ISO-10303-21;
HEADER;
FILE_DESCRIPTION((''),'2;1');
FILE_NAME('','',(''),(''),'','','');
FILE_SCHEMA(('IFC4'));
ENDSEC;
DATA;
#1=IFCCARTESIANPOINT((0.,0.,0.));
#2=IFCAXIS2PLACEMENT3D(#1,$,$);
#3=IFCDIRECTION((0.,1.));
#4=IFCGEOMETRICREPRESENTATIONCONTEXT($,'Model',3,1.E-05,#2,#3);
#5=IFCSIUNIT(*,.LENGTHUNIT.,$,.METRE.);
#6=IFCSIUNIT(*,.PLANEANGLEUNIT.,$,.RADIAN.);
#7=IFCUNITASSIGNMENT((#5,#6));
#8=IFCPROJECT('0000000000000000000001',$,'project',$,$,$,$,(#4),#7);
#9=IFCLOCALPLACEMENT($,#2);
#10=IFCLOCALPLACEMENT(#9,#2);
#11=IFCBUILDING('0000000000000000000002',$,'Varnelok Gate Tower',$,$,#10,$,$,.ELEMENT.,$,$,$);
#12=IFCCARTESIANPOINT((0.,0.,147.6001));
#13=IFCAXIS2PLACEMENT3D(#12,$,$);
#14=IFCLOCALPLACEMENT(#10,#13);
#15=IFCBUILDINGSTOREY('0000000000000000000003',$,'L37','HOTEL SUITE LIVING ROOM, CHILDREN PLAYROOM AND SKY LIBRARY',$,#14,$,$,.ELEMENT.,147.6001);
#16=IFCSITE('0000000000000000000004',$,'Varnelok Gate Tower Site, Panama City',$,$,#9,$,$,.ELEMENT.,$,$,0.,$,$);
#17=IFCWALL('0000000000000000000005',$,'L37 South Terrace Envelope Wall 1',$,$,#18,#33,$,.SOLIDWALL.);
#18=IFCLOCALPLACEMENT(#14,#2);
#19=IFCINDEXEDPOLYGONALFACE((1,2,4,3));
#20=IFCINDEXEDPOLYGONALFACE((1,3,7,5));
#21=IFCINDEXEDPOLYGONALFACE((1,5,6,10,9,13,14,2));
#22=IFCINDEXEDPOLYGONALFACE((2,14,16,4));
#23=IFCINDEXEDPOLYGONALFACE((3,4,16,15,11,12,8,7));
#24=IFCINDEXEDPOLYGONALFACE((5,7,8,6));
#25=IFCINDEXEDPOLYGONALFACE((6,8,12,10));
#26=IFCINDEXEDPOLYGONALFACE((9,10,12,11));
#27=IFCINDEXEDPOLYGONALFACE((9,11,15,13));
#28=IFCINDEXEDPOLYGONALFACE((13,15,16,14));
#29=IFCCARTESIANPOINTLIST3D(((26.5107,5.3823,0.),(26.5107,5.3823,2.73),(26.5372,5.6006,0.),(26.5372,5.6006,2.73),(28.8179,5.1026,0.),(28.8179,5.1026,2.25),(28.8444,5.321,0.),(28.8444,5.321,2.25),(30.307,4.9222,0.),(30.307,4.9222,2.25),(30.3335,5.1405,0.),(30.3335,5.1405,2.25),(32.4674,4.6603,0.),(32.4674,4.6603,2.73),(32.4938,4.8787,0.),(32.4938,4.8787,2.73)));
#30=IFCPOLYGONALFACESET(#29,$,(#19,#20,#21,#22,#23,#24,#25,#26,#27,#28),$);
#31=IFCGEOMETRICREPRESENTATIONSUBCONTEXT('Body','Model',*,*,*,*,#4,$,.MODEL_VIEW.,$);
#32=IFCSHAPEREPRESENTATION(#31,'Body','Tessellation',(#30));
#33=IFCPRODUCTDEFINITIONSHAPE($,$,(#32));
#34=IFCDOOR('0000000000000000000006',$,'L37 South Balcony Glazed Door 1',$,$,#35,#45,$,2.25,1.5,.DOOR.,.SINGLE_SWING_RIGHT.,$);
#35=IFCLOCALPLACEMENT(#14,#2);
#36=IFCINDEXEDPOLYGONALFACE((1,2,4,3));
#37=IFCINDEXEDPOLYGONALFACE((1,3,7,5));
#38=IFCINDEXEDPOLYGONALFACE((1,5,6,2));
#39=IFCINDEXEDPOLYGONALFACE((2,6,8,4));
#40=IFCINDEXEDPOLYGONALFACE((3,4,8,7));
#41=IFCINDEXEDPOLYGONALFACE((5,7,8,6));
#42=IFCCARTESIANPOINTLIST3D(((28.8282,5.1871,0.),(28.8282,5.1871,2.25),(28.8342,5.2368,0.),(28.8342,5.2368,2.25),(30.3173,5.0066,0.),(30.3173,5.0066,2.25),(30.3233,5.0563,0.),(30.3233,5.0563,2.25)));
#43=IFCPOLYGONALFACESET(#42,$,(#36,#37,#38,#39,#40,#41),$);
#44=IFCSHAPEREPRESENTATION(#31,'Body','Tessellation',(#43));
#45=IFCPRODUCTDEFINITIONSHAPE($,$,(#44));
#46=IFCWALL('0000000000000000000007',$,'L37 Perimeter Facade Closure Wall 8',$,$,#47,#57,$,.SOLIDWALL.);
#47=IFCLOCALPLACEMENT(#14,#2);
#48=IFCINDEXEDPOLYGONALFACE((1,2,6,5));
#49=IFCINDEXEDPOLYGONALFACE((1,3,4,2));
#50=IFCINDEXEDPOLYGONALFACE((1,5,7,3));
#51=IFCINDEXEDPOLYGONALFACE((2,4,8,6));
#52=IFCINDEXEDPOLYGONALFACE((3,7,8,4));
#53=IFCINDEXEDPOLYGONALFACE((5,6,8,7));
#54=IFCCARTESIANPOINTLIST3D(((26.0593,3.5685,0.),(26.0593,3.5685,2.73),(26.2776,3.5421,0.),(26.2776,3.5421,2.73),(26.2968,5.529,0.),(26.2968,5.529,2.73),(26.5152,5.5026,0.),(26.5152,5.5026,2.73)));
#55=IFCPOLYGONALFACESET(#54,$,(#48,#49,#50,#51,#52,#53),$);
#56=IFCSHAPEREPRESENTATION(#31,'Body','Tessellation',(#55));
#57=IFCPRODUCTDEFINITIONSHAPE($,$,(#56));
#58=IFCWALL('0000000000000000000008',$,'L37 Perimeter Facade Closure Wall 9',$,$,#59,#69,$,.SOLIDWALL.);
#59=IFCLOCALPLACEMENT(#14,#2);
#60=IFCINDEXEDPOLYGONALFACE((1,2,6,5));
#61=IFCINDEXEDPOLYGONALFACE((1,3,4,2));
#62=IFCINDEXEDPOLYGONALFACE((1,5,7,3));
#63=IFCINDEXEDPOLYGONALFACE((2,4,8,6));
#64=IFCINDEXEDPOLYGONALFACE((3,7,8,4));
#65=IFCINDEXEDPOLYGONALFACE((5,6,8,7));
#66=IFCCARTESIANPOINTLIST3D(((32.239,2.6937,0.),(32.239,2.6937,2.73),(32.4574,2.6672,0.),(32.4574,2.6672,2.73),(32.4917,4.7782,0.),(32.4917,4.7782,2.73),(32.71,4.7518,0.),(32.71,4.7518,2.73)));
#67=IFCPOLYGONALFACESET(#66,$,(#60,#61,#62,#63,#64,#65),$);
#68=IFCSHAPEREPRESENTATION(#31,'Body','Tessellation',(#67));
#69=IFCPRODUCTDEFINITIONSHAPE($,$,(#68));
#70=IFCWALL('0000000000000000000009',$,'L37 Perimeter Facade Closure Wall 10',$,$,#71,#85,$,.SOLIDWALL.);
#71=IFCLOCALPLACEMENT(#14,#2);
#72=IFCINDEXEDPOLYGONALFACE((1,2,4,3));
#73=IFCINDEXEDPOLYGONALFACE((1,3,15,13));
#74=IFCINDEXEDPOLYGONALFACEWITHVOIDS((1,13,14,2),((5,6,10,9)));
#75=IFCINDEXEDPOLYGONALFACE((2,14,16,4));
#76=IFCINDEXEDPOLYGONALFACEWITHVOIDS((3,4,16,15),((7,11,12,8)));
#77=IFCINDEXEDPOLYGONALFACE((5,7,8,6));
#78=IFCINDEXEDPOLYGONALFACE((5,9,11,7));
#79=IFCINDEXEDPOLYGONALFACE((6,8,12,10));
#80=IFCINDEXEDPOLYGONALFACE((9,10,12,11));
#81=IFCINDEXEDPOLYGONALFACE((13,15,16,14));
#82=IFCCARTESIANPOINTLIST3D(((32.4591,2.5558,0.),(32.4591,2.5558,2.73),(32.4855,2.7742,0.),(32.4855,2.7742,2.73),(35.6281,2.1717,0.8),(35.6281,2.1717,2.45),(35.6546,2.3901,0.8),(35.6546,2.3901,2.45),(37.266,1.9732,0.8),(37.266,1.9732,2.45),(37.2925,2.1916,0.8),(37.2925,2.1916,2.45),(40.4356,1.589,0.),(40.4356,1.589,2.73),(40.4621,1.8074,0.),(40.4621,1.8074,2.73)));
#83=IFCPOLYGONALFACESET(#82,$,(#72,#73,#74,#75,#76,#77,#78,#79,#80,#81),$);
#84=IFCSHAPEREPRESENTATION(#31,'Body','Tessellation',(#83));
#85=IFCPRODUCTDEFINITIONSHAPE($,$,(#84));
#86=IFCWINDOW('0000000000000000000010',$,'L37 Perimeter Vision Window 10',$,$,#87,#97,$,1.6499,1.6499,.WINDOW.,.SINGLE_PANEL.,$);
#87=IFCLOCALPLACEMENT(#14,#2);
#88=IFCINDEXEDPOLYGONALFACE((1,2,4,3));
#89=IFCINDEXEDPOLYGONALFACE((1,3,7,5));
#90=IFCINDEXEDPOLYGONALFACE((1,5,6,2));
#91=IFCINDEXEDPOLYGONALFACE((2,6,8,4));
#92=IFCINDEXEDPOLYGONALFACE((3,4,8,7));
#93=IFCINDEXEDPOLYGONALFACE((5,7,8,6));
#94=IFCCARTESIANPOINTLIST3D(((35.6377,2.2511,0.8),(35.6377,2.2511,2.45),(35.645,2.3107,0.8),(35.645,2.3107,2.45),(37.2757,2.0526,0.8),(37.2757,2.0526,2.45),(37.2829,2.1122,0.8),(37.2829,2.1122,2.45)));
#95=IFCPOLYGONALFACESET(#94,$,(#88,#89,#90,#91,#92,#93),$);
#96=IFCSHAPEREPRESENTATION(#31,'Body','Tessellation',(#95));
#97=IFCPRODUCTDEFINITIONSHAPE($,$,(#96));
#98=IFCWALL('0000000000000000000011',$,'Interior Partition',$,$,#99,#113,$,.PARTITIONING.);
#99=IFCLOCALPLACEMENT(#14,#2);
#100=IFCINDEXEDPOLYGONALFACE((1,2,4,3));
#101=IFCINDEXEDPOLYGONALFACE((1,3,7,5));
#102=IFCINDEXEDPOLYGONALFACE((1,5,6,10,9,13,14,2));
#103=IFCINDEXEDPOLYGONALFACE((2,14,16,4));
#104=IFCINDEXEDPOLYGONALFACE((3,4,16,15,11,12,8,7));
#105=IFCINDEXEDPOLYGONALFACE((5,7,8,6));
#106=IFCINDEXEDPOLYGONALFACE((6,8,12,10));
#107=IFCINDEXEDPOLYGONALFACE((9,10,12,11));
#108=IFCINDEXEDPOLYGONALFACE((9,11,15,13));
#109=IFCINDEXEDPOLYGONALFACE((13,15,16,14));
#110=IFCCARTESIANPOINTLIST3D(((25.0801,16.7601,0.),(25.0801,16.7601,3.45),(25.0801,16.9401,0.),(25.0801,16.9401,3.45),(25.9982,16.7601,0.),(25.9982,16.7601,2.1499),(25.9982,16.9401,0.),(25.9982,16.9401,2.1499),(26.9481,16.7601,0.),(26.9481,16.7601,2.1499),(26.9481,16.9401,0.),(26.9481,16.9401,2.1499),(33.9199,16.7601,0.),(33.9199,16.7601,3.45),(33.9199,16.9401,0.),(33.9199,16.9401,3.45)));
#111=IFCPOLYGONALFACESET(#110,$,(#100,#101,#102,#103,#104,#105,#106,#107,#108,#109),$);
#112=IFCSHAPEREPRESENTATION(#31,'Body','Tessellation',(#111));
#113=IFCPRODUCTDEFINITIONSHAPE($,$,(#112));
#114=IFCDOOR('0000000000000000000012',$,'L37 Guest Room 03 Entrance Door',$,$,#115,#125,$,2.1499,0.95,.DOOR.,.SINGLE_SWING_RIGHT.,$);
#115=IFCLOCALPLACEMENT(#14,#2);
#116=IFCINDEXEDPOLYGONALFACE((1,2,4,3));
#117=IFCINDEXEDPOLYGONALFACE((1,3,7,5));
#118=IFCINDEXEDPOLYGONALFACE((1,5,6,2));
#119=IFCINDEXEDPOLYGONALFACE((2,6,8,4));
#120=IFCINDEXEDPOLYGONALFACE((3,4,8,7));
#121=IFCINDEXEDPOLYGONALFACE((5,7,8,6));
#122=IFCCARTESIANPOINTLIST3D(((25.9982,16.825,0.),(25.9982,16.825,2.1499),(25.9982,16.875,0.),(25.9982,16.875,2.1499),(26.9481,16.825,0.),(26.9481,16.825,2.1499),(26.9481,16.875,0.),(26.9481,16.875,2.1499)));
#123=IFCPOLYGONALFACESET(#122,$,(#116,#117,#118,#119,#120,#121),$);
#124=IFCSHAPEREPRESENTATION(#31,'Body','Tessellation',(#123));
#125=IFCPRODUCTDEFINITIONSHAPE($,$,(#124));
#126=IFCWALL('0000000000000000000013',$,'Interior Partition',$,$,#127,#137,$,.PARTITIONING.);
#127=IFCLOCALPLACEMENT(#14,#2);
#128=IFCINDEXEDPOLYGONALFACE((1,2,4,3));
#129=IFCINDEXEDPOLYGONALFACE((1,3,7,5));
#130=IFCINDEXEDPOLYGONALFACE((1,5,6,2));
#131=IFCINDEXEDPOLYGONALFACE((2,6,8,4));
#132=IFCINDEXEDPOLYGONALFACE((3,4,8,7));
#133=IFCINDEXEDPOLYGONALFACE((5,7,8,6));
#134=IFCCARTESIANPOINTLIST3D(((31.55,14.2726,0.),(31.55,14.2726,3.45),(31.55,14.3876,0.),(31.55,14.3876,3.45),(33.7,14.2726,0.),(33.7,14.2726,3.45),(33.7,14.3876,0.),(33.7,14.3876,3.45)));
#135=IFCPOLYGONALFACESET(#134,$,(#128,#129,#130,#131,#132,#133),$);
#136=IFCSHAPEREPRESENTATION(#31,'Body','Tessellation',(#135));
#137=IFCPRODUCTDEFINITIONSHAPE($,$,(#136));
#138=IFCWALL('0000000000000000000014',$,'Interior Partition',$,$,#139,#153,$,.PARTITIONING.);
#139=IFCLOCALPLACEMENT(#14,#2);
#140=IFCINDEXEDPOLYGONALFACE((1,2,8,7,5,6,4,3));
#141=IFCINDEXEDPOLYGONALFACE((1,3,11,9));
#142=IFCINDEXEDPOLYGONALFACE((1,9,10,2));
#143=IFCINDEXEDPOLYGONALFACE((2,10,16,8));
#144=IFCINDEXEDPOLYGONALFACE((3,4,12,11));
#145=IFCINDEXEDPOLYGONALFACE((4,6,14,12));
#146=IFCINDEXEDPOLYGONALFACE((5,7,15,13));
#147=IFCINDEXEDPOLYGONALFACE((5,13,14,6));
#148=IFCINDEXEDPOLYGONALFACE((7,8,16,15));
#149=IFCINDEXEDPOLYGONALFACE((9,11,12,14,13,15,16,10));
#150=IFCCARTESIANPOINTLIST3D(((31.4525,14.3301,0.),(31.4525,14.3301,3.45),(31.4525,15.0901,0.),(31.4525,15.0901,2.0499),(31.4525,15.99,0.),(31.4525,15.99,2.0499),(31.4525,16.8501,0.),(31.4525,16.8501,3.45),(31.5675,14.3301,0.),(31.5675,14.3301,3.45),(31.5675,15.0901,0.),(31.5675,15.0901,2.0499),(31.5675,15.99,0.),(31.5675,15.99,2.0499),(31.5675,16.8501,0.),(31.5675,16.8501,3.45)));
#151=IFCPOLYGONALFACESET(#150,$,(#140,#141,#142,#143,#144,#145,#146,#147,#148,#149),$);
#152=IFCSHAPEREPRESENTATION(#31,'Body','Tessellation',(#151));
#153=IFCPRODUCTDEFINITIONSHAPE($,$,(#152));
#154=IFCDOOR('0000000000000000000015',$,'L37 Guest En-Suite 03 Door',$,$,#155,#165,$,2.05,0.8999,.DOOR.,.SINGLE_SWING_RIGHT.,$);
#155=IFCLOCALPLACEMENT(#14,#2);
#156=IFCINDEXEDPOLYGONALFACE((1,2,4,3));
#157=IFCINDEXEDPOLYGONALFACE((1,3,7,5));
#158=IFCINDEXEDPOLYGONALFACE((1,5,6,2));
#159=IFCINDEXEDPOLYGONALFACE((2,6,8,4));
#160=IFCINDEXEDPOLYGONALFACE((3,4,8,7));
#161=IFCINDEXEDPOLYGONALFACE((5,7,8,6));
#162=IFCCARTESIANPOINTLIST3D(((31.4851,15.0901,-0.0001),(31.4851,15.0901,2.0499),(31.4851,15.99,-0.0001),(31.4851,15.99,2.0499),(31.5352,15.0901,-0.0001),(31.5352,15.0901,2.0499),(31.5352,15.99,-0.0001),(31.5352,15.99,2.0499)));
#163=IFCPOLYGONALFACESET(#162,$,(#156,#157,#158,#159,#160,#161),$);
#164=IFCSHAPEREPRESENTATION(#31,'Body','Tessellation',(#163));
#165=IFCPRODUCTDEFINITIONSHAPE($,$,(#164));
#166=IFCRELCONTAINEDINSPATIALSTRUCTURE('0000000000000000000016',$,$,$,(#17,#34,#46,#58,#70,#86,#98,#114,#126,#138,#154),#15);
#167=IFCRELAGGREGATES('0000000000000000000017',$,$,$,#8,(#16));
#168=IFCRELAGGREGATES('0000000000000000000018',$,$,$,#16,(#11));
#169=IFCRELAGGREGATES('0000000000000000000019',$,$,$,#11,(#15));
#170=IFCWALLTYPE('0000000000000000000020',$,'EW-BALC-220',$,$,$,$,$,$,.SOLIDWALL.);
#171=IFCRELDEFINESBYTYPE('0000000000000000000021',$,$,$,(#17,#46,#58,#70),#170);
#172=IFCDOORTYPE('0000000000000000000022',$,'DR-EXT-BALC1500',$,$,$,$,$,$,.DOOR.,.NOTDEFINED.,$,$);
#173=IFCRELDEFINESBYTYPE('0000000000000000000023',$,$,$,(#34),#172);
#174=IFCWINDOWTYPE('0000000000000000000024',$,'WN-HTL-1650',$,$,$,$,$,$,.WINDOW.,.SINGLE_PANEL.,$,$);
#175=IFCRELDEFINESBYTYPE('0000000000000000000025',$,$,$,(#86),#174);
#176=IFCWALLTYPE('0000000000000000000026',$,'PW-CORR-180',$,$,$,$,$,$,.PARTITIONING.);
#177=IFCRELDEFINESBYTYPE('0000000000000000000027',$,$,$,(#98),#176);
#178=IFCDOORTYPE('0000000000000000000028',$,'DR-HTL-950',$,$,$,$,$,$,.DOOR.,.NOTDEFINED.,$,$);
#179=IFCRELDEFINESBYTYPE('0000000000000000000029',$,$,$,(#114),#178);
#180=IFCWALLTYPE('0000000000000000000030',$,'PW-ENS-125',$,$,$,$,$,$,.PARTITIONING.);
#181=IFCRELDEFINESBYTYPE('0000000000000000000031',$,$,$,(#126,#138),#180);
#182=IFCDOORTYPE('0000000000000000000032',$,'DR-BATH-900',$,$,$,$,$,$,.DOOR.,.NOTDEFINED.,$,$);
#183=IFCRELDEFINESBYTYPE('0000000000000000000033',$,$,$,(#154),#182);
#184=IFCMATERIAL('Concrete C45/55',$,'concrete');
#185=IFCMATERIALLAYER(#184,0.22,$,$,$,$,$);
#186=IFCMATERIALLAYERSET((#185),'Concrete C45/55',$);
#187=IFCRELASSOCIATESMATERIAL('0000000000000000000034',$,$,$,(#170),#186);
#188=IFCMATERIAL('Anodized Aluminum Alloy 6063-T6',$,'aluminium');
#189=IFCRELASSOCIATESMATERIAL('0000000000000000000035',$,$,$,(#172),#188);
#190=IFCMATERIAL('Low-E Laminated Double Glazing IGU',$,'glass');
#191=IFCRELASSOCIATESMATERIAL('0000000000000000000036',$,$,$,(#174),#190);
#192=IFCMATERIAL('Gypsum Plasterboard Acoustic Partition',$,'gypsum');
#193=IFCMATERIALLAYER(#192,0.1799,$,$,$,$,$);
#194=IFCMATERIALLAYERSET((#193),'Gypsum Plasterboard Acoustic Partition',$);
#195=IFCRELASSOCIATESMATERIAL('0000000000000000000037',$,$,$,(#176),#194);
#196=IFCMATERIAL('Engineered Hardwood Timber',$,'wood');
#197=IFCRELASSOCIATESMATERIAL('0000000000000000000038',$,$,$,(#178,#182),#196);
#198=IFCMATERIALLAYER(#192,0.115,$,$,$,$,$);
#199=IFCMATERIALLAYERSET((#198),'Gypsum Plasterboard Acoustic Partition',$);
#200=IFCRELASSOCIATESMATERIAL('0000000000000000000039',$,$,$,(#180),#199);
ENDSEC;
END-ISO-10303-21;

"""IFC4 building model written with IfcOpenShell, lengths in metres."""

from ifc_helpers import new_model, si_unit, direction, frame, frame_2d, origin, place, context, subcontext, project, spatial, rectangle, extrude, material, layer, layer_set, type_object, element, fill, save


model = new_model("IFC4")

# Units and contexts
model_context = context("Model", 3, precision=1e-05, world=origin(), true_north=direction((0.0, 1.0)))
body_context = subcontext(model_context, "Body", "Model", "MODEL_VIEW")
ifc_project = project(units=[si_unit("LENGTHUNIT", "METRE"), si_unit("PLANEANGLEUNIT", "RADIAN")], contexts=[model_context])

# Site, building, storey
site_placement = place(None, origin())
site = spatial("IfcSite", under=ifc_project, at=site_placement, Name="Varnelok Gate Tower Site, Panama City", CompositionType="ELEMENT", RefElevation=0.0)
building_placement = place(site_placement, origin())
building = spatial("IfcBuilding", under=site, at=building_placement, Name="Varnelok Gate Tower", CompositionType="ELEMENT")
storey_placement = place(building_placement, frame((0.0, 0.0, 147.6001)))
storey = spatial("IfcBuildingStorey", under=building, at=storey_placement, Name="L37", Description="HOTEL SUITE LIVING ROOM, CHILDREN PLAYROOM AND SKY LIBRARY", CompositionType="ELEMENT", Elevation=147.6001)

# Wall, opening, door
ifc_material_1 = material(Name="Concrete C45/55", Category="concrete")
ifc_layer_1 = layer(ifc_material_1, 0.22)
ifc_layer_set_1 = layer_set([ifc_layer_1], Name="Concrete C45/55")
wall_type_1 = type_object("IfcWallType", Name="EW-BALC-220", PredefinedType="SOLIDWALL", material=ifc_layer_set_1)
wall_1_placement = place(storey_placement, frame((32.4805, 4.7695, 0.0), z_axis=(0.0, 0.0, 1.0), x_axis=(-0.992735, 0.120318, 0.0)))
wall_1 = element("IfcWall", 1, at=wall_1_placement, inside=storey, type_object=wall_type_1, Name="L37 South Terrace Envelope Wall 1", PredefinedType="SOLIDWALL", context=body_context, shape_type="SweptSolid", body=[
    extrude(rectangle(XDim=6.0002, YDim=0.22, at=frame_2d((3.0, 0.0))), origin(), (0.0, 0.0, 1.0), 2.73),
])
opening_1_placement = place(wall_1_placement, frame((2.176, 0.0, 0.0)))
opening_1 = element("IfcOpeningElement", 2, at=opening_1_placement, cuts=wall_1, PredefinedType="OPENING", context=body_context, shape_type="SweptSolid", body=[
    extrude(rectangle(XDim=1.5, YDim=2.25, at=frame_2d((0.75, 1.125))), frame((0.0, 0.1199, 0.0), z_axis=(0.0, -1.0, 0.0), x_axis=(1.0, 0.0, 0.0)), (0.0, 0.0, 1.0), 0.24),
])
ifc_material_2 = material(Name="Anodized Aluminum Alloy 6063-T6", Category="aluminium")
door_type_1 = type_object("IfcDoorType", Name="DR-EXT-BALC1500", OperationType="NOTDEFINED", PredefinedType="DOOR", material=ifc_material_2)
door_1_placement = place(opening_1_placement, origin())
door_1 = element("IfcDoor", 3, at=door_1_placement, inside=storey, type_object=door_type_1, Name="L37 South Balcony Glazed Door 1", OperationType="SINGLE_SWING_RIGHT", OverallHeight=2.25, OverallWidth=1.5, PredefinedType="DOOR", context=body_context, shape_type="SweptSolid", body=[
    extrude(rectangle(XDim=1.5, YDim=2.25, at=frame_2d((0.75, 1.125))), frame((0.0, 0.0249, 0.0), z_axis=(0.0, -1.0, 0.0), x_axis=(1.0, 0.0, 0.0)), (0.0, 0.0, 1.0), 0.05),
])
fill(opening_1, door_1)

# Walls
wall_2_placement = place(storey_placement, frame((26.1685, 3.5554, 0.0), z_axis=(0.0, 0.0, 1.0), x_axis=(0.120291, 0.992739, 0.0)))
element("IfcWall", 4, at=wall_2_placement, inside=storey, type_object=wall_type_1, Name="L37 Perimeter Facade Closure Wall 8", PredefinedType="SOLIDWALL", context=body_context, shape_type="SweptSolid", body=[
    extrude(rectangle(XDim=1.9749, YDim=0.22, at=frame_2d((0.9873, 0.0))), origin(), (0.0, 0.0, 1.0), 2.73),
])
wall_3_placement = place(storey_placement, frame((32.6008, 4.7649, 0.0), z_axis=(0.0, 0.0, 1.0), x_axis=(-0.120328, -0.992734, 0.0)))
element("IfcWall", 5, at=wall_3_placement, inside=storey, type_object=wall_type_1, Name="L37 Perimeter Facade Closure Wall 9", PredefinedType="SOLIDWALL", context=body_context, shape_type="SweptSolid", body=[
    extrude(rectangle(XDim=2.0999, YDim=0.22, at=frame_2d((1.0498, 0.0))), origin(), (0.0, 0.0, 1.0), 2.73),
])

# Wall, opening, window
wall_4_placement = place(storey_placement, frame((32.4722, 2.665, 0.0), z_axis=(0.0, 0.0, 1.0), x_axis=(0.992735, -0.120324, 0.0)))
wall_4 = element("IfcWall", 6, at=wall_4_placement, inside=storey, type_object=wall_type_1, Name="L37 Perimeter Facade Closure Wall 10", PredefinedType="SOLIDWALL", context=body_context, shape_type="SweptSolid", body=[
    extrude(rectangle(XDim=8.0349, YDim=0.22, at=frame_2d((4.0176, 0.0))), origin(), (0.0, 0.0, 1.0), 2.73),
])
opening_2_placement = place(wall_4_placement, frame((3.1924, 0.0, 0.8)))
opening_2 = element("IfcOpeningElement", 7, at=opening_2_placement, cuts=wall_4, PredefinedType="OPENING", context=body_context, shape_type="SweptSolid", body=[
    extrude(rectangle(XDim=1.6499, YDim=1.6499, at=frame_2d((0.825, 0.825))), frame((0.0, 0.1199, 0.0), z_axis=(0.0, -1.0, 0.0), x_axis=(1.0, 0.0, 0.0)), (0.0, 0.0, 1.0), 0.24),
])
ifc_material_3 = material(Name="Low-E Laminated Double Glazing IGU", Category="glass")
window_type = type_object("IfcWindowType", Name="WN-HTL-1650", PartitioningType="SINGLE_PANEL", PredefinedType="WINDOW", material=ifc_material_3)
window_placement = place(opening_2_placement, origin())
window = element("IfcWindow", 8, at=window_placement, inside=storey, type_object=window_type, Name="L37 Perimeter Vision Window 10", OverallHeight=1.6499, OverallWidth=1.6499, PartitioningType="SINGLE_PANEL", PredefinedType="WINDOW", context=body_context, shape_type="SweptSolid", body=[
    extrude(rectangle(XDim=1.6499, YDim=1.6499, at=frame_2d((0.825, 0.825))), frame((0.0, 0.03, 0.0), z_axis=(0.0, -1.0, 0.0), x_axis=(1.0, 0.0, 0.0)), (0.0, 0.0, 1.0), 0.0601),
])
fill(opening_2, window)

# Wall, opening, door
ifc_material_4 = material(Name="Gypsum Plasterboard Acoustic Partition", Category="gypsum")
ifc_layer_2 = layer(ifc_material_4, 0.1799)
ifc_layer_set_2 = layer_set([ifc_layer_2], Name="Gypsum Plasterboard Acoustic Partition")
wall_type_2 = type_object("IfcWallType", Name="PW-CORR-180", PredefinedType="PARTITIONING", material=ifc_layer_set_2)
wall_5_placement = place(storey_placement, frame((25.0801, 16.8501, 0.0), z_axis=(0.0, 0.0, 1.0), x_axis=(1.0, 0.0, 0.0)))
wall_5 = element("IfcWall", 9, at=wall_5_placement, inside=storey, type_object=wall_type_2, Name="Interior Partition", PredefinedType="PARTITIONING", context=body_context, shape_type="SweptSolid", body=[
    extrude(rectangle(XDim=8.8398, YDim=0.1799, at=frame_2d((4.4199, 0.0))), origin(), (0.0, 0.0, 1.0), 3.45),
])
opening_3_placement = place(wall_5_placement, frame((0.918, 0.0, 0.0)))
opening_3 = element("IfcOpeningElement", 10, at=opening_3_placement, cuts=wall_5, PredefinedType="OPENING", context=body_context, shape_type="SweptSolid", body=[
    extrude(rectangle(XDim=0.95, YDim=2.1499, at=frame_2d((0.4751, 1.075))), frame((0.0, 0.0999, 0.0), z_axis=(0.0, -1.0, 0.0), x_axis=(1.0, 0.0, 0.0)), (0.0, 0.0, 1.0), 0.2),
])
ifc_material_5 = material(Name="Engineered Hardwood Timber", Category="wood")
door_type_2 = type_object("IfcDoorType", Name="DR-HTL-950", OperationType="NOTDEFINED", PredefinedType="DOOR", material=ifc_material_5)
door_2_placement = place(opening_3_placement, origin())
door_2 = element("IfcDoor", 11, at=door_2_placement, inside=storey, type_object=door_type_2, Name="L37 Guest Room 03 Entrance Door", OperationType="SINGLE_SWING_RIGHT", OverallHeight=2.1499, OverallWidth=0.95, PredefinedType="DOOR", context=body_context, shape_type="SweptSolid", body=[
    extrude(rectangle(XDim=0.95, YDim=2.1499, at=frame_2d((0.4751, 1.075))), frame((0.0, 0.0249, 0.0), z_axis=(0.0, -1.0, 0.0), x_axis=(1.0, 0.0, 0.0)), (0.0, 0.0, 1.0), 0.05),
])
fill(opening_3, door_2)

# Wall
ifc_layer_3 = layer(ifc_material_4, 0.115)
ifc_layer_set_3 = layer_set([ifc_layer_3], Name="Gypsum Plasterboard Acoustic Partition")
wall_type_3 = type_object("IfcWallType", Name="PW-ENS-125", PredefinedType="PARTITIONING", material=ifc_layer_set_3)
wall_6_placement = place(storey_placement, frame((31.55, 14.3301, 0.0), z_axis=(0.0, 0.0, 1.0), x_axis=(1.0, 0.0, 0.0)))
element("IfcWall", 12, at=wall_6_placement, inside=storey, type_object=wall_type_3, Name="Interior Partition", PredefinedType="PARTITIONING", context=body_context, shape_type="SweptSolid", body=[
    extrude(rectangle(XDim=2.1499, YDim=0.115, at=frame_2d((1.075, 0.0))), origin(), (0.0, 0.0, 1.0), 3.45),
])

# Wall, opening, door
wall_7_placement = place(storey_placement, frame((31.51, 14.3301, 0.0), z_axis=(0.0, 0.0, 1.0), x_axis=(0.0, 1.0, 0.0)))
wall_7 = element("IfcWall", 13, at=wall_7_placement, inside=storey, type_object=wall_type_3, Name="Interior Partition", PredefinedType="PARTITIONING", context=body_context, shape_type="SweptSolid", body=[
    extrude(rectangle(XDim=2.52, YDim=0.115, at=frame_2d((1.26, 0.0))), origin(), (0.0, 0.0, 1.0), 3.45),
])
opening_4_placement = place(wall_7_placement, frame((0.76, 0.0, 0.0)))
opening_4 = element("IfcOpeningElement", 14, at=opening_4_placement, cuts=wall_7, PredefinedType="OPENING", context=body_context, shape_type="SweptSolid", body=[
    extrude(rectangle(XDim=0.8999, YDim=2.05, at=frame_2d((0.45, 1.0249))), frame((0.0, 0.0674, 0.0), z_axis=(0.0, -1.0, 0.0), x_axis=(1.0, 0.0, 0.0)), (0.0, 0.0, 1.0), 0.135),
])
door_type_3 = type_object("IfcDoorType", Name="DR-BATH-900", OperationType="NOTDEFINED", PredefinedType="DOOR", material=ifc_material_5)
door_3_placement = place(opening_4_placement, origin())
door_3 = element("IfcDoor", 15, at=door_3_placement, inside=storey, type_object=door_type_3, Name="L37 Guest En-Suite 03 Door", OperationType="SINGLE_SWING_RIGHT", OverallHeight=2.05, OverallWidth=0.8999, PredefinedType="DOOR", context=body_context, shape_type="SweptSolid", body=[
    extrude(rectangle(XDim=0.8999, YDim=2.05, at=frame_2d((0.45, 1.0249))), frame((0.0, 0.0249, 0.0), z_axis=(0.0, -1.0, 0.0), x_axis=(1.0, 0.0, 0.0)), (0.0, 0.0, 1.0), 0.05),
])
fill(opening_4, door_3)

save(model, "model.ifc")
